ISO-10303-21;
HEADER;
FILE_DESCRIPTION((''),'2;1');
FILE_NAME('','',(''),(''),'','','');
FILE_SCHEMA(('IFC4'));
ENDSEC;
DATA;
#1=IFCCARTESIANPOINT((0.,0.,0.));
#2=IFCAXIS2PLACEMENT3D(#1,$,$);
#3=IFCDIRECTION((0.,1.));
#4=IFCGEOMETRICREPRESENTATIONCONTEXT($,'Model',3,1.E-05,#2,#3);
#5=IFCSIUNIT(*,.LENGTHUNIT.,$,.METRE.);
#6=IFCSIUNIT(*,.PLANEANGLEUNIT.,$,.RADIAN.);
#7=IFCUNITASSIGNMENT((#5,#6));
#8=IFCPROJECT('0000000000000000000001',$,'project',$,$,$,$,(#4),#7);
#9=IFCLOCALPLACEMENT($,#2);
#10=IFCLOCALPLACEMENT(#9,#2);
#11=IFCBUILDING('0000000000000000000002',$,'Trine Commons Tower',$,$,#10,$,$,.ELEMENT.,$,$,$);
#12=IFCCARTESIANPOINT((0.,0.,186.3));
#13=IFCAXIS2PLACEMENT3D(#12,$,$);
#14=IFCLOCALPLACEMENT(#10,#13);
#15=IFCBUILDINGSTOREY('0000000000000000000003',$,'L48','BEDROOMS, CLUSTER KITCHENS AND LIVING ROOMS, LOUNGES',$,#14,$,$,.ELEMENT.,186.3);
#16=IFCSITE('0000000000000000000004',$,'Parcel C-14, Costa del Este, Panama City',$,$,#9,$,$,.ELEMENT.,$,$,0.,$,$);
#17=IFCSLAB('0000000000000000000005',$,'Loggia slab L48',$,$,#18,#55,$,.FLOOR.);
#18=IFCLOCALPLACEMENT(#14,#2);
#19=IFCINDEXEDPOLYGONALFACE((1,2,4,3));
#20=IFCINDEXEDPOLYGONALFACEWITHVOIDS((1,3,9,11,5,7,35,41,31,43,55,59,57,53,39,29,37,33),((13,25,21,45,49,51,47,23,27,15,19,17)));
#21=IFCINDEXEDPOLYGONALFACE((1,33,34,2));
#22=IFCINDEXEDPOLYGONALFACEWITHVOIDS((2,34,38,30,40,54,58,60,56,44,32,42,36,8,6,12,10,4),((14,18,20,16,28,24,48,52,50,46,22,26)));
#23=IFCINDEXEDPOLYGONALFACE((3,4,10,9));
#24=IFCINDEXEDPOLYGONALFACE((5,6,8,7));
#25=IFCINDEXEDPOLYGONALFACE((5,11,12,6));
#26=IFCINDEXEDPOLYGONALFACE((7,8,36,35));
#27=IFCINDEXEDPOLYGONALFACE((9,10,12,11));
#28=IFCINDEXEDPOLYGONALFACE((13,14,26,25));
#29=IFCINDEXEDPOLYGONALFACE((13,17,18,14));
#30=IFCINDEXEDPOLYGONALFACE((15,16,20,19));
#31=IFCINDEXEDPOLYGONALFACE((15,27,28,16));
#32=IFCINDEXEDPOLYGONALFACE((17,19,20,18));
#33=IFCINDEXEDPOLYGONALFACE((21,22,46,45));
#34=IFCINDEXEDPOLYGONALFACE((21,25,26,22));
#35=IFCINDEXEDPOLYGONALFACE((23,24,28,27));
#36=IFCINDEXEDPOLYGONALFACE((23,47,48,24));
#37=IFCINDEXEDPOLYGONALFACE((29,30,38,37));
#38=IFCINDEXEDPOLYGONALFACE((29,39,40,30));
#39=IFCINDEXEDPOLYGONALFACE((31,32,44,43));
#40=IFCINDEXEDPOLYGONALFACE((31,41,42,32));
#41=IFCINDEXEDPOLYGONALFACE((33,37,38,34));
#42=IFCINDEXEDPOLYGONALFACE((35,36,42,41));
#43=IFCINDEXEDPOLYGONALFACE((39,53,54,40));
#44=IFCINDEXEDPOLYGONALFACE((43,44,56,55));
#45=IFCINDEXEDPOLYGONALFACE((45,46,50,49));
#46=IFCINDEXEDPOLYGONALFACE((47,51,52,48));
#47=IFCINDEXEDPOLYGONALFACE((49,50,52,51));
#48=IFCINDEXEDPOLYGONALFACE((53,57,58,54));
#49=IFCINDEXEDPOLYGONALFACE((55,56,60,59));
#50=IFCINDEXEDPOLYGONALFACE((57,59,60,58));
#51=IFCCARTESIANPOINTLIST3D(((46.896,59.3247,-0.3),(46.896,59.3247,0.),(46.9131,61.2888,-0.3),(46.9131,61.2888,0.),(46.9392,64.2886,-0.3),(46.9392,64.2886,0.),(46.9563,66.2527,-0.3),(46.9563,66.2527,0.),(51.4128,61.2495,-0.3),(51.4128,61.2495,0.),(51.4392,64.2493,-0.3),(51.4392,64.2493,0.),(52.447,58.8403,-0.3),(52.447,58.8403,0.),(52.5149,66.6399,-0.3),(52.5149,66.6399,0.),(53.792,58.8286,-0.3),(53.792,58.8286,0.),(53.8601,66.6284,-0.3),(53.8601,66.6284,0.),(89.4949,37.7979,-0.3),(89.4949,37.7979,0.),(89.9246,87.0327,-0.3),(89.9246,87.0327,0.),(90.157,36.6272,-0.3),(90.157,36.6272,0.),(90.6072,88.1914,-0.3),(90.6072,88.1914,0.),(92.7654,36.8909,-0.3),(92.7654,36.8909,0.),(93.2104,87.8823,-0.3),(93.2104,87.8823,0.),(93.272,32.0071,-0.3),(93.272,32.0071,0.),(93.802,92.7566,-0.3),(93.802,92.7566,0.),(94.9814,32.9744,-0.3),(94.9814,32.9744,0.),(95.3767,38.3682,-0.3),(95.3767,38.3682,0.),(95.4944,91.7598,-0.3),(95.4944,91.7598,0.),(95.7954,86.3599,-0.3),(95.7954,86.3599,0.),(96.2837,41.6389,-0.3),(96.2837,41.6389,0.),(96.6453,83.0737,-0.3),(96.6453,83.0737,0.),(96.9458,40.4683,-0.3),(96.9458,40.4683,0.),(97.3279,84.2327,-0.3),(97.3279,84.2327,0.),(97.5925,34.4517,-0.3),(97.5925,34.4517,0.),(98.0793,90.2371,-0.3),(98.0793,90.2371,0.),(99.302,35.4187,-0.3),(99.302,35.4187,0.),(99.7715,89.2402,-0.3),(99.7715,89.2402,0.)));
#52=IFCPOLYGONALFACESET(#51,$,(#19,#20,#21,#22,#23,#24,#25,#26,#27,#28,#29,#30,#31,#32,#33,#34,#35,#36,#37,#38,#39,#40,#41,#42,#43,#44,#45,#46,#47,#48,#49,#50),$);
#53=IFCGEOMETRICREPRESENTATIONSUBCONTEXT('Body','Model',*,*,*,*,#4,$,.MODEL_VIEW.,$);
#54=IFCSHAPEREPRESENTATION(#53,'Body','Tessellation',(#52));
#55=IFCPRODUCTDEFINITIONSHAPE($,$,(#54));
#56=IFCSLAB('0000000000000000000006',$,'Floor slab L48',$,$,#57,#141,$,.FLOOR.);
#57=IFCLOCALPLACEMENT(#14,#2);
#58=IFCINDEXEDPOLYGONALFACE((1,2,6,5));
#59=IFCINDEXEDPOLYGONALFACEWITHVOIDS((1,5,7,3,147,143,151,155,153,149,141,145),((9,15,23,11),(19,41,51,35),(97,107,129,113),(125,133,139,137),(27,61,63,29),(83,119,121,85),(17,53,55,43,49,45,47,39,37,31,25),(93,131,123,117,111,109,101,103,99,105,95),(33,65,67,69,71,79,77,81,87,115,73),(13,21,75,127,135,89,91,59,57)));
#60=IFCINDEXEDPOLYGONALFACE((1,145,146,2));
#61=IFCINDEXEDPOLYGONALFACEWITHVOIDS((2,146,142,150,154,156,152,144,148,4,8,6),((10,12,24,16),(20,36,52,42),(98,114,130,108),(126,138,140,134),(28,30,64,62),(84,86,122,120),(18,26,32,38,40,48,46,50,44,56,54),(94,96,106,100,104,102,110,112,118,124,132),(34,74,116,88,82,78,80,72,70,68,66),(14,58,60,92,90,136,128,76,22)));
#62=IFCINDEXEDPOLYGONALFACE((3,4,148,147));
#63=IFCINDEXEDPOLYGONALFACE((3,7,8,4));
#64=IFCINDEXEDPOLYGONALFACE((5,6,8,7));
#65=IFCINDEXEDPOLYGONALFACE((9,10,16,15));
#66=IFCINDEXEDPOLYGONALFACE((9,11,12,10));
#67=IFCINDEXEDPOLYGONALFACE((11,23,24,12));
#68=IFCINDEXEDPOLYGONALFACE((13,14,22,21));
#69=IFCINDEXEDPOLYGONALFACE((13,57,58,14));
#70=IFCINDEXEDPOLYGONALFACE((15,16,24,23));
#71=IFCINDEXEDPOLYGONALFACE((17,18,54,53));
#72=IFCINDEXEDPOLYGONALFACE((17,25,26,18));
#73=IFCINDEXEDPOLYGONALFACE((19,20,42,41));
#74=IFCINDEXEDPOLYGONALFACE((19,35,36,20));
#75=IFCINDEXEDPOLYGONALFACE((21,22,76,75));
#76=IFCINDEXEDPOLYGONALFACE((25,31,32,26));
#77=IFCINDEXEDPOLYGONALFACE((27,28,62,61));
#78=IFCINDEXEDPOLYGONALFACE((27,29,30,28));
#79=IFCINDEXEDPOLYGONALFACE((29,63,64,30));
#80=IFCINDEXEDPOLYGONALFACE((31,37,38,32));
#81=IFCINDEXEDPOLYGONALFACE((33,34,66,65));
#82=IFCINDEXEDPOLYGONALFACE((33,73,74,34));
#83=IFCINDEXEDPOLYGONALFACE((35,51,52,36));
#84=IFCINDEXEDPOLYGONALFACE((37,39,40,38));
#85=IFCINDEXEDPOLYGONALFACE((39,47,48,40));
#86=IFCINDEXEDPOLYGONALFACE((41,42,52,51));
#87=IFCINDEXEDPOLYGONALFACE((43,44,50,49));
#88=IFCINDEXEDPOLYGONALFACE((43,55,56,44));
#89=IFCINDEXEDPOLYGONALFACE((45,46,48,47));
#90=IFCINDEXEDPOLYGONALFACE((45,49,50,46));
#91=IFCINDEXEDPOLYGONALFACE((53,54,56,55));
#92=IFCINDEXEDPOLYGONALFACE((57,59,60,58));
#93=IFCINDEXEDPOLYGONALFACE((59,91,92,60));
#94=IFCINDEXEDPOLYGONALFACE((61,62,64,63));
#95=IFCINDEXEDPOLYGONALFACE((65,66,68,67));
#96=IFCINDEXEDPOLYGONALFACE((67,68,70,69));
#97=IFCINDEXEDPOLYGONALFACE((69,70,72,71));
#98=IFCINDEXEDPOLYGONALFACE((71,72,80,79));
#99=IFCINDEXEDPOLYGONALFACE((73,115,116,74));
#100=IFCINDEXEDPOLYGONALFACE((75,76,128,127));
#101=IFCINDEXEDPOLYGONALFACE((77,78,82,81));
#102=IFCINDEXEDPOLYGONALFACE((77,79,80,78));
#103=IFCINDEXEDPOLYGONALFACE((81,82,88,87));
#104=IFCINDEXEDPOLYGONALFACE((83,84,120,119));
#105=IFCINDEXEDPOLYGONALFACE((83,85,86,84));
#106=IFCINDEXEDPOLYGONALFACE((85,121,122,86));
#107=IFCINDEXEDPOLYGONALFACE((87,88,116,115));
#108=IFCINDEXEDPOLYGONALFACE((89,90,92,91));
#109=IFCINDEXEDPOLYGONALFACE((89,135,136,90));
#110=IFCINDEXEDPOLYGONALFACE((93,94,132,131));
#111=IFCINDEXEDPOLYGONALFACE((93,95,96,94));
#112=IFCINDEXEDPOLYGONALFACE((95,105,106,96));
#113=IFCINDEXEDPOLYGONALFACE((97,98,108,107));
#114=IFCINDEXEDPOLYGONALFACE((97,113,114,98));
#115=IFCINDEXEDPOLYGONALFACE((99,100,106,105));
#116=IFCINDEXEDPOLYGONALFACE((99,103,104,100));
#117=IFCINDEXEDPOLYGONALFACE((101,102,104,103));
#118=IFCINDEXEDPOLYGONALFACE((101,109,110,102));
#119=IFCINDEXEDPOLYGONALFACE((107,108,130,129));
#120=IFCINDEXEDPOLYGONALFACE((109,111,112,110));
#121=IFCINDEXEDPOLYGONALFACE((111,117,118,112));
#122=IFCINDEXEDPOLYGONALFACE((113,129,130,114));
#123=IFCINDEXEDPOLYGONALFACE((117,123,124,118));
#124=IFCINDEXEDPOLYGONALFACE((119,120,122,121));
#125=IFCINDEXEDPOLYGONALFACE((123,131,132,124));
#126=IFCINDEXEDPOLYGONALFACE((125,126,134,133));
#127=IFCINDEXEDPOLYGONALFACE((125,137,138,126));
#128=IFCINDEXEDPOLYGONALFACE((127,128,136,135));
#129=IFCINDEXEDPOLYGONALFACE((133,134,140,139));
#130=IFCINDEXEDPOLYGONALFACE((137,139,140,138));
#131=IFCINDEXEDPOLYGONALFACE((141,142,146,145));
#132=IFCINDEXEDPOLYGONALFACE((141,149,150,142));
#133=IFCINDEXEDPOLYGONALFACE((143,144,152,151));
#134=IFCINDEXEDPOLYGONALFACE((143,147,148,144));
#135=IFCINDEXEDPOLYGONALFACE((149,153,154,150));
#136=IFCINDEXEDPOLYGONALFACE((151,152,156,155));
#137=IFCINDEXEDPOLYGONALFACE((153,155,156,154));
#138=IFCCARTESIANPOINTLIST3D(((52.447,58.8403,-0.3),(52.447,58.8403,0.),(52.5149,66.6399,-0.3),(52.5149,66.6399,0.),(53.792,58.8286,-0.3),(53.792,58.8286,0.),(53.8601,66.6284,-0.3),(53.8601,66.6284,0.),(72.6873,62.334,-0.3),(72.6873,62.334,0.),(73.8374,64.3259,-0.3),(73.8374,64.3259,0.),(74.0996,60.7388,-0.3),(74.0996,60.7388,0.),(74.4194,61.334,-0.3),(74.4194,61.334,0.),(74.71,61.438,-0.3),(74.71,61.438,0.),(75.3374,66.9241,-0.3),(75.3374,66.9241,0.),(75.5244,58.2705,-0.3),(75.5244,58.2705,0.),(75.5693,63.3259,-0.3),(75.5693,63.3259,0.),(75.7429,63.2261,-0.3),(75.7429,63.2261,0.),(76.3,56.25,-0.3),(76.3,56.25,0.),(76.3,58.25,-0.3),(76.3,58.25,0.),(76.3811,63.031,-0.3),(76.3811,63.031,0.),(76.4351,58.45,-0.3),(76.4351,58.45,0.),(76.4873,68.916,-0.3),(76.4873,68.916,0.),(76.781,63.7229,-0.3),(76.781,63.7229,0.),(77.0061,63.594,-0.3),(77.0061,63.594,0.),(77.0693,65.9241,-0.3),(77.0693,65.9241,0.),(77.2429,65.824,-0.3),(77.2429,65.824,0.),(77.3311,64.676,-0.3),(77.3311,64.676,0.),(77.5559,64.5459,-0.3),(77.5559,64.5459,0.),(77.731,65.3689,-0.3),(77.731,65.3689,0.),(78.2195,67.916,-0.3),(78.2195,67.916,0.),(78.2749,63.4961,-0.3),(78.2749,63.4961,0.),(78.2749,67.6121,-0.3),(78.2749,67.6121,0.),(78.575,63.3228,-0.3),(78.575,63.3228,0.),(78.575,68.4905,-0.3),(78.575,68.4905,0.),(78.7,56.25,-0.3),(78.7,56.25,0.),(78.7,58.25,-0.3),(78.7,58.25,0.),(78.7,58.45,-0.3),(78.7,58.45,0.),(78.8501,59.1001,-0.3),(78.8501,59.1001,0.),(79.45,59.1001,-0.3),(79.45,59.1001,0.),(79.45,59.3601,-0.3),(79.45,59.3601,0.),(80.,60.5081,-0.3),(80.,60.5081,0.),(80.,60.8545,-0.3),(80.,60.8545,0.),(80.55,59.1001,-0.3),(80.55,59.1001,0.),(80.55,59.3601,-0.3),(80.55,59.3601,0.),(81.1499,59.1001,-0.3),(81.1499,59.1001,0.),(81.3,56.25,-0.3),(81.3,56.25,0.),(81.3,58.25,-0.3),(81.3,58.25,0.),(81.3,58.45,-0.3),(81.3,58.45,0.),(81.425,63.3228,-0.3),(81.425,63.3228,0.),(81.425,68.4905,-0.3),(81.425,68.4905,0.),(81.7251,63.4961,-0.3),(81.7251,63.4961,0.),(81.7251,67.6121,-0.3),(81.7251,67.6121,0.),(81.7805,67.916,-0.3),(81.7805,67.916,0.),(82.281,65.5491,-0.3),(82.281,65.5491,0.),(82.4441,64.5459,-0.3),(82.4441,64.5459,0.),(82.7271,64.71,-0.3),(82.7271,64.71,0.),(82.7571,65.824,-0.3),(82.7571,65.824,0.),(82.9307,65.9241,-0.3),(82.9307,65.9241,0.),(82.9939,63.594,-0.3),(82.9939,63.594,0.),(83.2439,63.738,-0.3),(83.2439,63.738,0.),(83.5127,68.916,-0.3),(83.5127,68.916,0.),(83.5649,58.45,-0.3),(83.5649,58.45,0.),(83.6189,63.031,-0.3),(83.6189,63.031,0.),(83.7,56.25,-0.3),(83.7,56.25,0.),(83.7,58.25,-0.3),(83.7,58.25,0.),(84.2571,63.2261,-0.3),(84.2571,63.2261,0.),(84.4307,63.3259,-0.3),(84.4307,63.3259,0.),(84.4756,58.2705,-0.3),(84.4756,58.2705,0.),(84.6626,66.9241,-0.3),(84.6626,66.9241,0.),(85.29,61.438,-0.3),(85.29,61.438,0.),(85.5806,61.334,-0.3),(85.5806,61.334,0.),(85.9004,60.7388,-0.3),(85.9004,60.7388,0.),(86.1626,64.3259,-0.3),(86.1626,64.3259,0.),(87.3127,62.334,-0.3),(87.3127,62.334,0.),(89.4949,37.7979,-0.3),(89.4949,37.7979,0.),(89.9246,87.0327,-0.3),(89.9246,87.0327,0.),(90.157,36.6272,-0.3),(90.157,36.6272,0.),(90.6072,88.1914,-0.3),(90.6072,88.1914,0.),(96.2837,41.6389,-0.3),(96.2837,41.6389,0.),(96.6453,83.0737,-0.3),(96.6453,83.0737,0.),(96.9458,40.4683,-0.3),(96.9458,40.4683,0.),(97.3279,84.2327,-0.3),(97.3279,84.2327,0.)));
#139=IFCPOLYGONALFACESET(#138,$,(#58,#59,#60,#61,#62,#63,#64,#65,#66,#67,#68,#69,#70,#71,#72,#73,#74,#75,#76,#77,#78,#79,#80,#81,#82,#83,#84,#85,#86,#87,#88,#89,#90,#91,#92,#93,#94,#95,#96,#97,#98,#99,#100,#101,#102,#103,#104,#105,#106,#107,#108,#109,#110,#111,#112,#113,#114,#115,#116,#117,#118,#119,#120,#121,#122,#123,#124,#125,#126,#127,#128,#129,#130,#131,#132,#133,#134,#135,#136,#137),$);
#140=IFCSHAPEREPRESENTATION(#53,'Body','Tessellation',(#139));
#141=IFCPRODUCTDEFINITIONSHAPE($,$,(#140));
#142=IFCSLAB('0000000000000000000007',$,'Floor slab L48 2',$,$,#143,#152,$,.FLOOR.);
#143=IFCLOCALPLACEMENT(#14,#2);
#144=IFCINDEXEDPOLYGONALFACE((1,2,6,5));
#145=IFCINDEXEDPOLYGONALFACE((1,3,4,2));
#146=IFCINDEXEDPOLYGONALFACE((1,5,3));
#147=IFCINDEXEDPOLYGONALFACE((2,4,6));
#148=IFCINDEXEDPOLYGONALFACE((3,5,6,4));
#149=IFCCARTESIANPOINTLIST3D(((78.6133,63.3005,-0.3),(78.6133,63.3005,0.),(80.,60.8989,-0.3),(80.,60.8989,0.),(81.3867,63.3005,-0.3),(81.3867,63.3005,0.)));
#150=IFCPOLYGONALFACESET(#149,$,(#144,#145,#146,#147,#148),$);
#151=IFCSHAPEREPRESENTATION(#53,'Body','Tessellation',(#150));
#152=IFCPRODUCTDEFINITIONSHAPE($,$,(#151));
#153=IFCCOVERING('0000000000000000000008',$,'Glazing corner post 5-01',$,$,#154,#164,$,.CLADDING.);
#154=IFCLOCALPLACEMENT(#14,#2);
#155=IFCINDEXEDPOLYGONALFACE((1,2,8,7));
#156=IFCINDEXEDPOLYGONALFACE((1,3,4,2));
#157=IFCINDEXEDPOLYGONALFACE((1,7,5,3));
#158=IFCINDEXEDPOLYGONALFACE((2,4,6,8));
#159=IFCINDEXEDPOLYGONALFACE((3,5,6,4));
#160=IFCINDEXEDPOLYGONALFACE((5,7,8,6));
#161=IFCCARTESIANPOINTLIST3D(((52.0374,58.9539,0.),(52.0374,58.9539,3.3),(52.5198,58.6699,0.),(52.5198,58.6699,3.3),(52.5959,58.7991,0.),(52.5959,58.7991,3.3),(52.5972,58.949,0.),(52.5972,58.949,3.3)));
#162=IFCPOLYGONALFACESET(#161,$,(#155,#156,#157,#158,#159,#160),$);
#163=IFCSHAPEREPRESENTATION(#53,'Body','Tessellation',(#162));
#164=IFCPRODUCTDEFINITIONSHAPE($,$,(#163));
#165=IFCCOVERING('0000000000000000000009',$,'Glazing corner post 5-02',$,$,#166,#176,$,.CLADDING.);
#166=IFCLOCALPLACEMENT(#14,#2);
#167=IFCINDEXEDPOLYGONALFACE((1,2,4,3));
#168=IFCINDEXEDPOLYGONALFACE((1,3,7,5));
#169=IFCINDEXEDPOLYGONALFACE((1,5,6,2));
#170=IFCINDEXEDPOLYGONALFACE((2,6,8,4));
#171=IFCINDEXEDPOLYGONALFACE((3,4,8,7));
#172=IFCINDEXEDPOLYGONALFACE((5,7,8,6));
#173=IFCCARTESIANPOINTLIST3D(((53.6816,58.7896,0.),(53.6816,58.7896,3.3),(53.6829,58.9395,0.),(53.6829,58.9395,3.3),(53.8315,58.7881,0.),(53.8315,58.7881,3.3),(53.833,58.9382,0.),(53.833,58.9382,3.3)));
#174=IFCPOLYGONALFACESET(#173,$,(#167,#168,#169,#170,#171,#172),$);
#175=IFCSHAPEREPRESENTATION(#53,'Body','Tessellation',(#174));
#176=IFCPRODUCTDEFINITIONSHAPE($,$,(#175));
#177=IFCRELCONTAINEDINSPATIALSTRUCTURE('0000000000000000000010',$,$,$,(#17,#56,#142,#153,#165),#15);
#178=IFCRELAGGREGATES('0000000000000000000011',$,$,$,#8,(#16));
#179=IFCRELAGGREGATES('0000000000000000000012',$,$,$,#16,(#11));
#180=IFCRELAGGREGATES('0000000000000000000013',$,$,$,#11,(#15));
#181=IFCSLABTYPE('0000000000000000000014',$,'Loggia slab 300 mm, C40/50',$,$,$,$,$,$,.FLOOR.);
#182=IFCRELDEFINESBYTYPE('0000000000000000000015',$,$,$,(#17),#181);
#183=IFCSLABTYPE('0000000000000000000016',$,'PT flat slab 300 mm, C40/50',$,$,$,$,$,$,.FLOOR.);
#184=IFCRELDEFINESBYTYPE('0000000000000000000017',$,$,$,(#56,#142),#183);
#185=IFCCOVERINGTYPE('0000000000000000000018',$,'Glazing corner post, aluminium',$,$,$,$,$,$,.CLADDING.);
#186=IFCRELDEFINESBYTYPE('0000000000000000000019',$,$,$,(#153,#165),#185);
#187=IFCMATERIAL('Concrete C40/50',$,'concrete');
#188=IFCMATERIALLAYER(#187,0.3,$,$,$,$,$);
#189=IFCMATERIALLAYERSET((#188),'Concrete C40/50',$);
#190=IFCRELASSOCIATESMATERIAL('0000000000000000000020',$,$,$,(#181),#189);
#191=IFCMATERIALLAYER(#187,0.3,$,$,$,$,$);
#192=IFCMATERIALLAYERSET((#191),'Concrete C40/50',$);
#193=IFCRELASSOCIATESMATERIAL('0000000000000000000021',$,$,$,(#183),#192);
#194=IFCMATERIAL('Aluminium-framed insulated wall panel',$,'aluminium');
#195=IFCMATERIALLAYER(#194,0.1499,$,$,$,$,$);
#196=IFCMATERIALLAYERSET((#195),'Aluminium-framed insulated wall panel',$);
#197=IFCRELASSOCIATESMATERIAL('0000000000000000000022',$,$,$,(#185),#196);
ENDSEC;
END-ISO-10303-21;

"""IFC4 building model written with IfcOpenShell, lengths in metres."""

from ifc_helpers import new_model, si_unit, direction, frame, origin, place, context, subcontext, project, spatial, polyline, outline, extrude, material, layer, layer_set, type_object, element, save


model = new_model("IFC4")

# Units and contexts
model_context = context("Model", 3, precision=1e-05, world=origin(), true_north=direction((0.0, 1.0)))
body_context = subcontext(model_context, "Body", "Model", "MODEL_VIEW")
ifc_project = project(units=[si_unit("LENGTHUNIT", "METRE"), si_unit("PLANEANGLEUNIT", "RADIAN")], contexts=[model_context])

# Site, building, storey
site_placement = place(None, origin())
site = spatial("IfcSite", under=ifc_project, at=site_placement, Name="Parcel C-14, Costa del Este, Panama City", CompositionType="ELEMENT", RefElevation=0.0)
building_placement = place(site_placement, origin())
building = spatial("IfcBuilding", under=site, at=building_placement, Name="Trine Commons Tower", CompositionType="ELEMENT")
storey_placement = place(building_placement, frame((0.0, 0.0, 186.3)))
storey = spatial("IfcBuildingStorey", under=building, at=storey_placement, Name="L48", Description="BEDROOMS, CLUSTER KITCHENS AND LIVING ROOMS, LOUNGES", CompositionType="ELEMENT", Elevation=186.3)

# Slabs
ifc_material_1 = material(Name="Concrete C40/50", Category="concrete")
ifc_layer_1 = layer(ifc_material_1, 0.3)
ifc_layer_set_1 = layer_set([ifc_layer_1], Name="Concrete C40/50")
slab_type_1 = type_object("IfcSlabType", Name="Loggia slab 300 mm, C40/50", PredefinedType="FLOOR", material=ifc_layer_set_1)
slab_1_placement = place(storey_placement, frame((0.0, 0.0, -0.3)))
element("IfcSlab", 1, at=slab_1_placement, inside=storey, type_object=slab_type_1, Name="Loggia slab L48", PredefinedType="FLOOR", context=body_context, shape_type="SweptSolid", body=[
    extrude(outline(polyline([(99.302, 35.4187), (99.7715, 89.2402), (98.0793, 90.2371), (95.7954, 86.3599), (93.2104, 87.8823), (95.4944, 91.7598), (93.802, 92.7566), (46.9563, 66.2527), (46.9392, 64.2886), (51.4392, 64.2493), (51.4128, 61.2495), (46.9131, 61.2888), (46.896, 59.3247), (93.272, 32.0071), (94.9814, 32.9744), (92.7654, 36.8909), (95.3767, 38.3682), (97.5925, 34.4517), (99.302, 35.4187)]), holes=[polyline([(90.157, 36.6272), (89.4949, 37.7979), (96.2837, 41.6389), (96.9458, 40.4683), (97.3279, 84.2327), (96.6453, 83.0737), (89.9246, 87.0327), (90.6072, 88.1914), (52.5149, 66.6399), (53.8601, 66.6284), (53.792, 58.8286), (52.447, 58.8403), (90.157, 36.6272)])]), origin(), (0.0, 0.0, 1.0), 0.3),
])
ifc_layer_2 = layer(ifc_material_1, 0.3)
ifc_layer_set_2 = layer_set([ifc_layer_2], Name="Concrete C40/50")
slab_type_2 = type_object("IfcSlabType", Name="PT flat slab 300 mm, C40/50", PredefinedType="FLOOR", material=ifc_layer_set_2)
slab_2_placement = place(storey_placement, frame((0.0, 0.0, -0.3)))
element("IfcSlab", 2, at=slab_2_placement, inside=storey, type_object=slab_type_2, Name="Floor slab L48", PredefinedType="FLOOR", context=body_context, shape_type="SweptSolid", body=[
    extrude(outline(polyline([(52.447, 58.8403), (90.157, 36.6272), (89.4949, 37.7979), (96.2837, 41.6389), (96.9458, 40.4683), (97.3279, 84.2327), (96.6453, 83.0737), (89.9246, 87.0327), (90.6072, 88.1914), (52.5149, 66.6399), (53.8601, 66.6284), (53.792, 58.8286), (52.447, 58.8403)]), holes=[polyline([(78.7, 56.25), (78.7, 58.25), (76.3, 58.25), (76.3, 56.25), (78.7, 56.25)]), polyline([(80.0, 60.8545), (84.4756, 58.2705), (85.9004, 60.7388), (81.425, 63.3228), (81.425, 68.4905), (78.575, 68.4905), (78.575, 63.3228), (74.0996, 60.7388), (75.5244, 58.2705), (80.0, 60.8545)]), polyline([(73.8374, 64.3259), (72.6873, 62.334), (74.4194, 61.334), (75.5693, 63.3259), (73.8374, 64.3259)]), polyline([(76.3811, 63.031), (75.7429, 63.2261), (74.71, 61.438), (78.2749, 63.4961), (78.2749, 67.6121), (77.2429, 65.824), (77.731, 65.3689), (77.3311, 64.676), (77.5559, 64.5459), (77.0061, 63.594), (76.781, 63.7229), (76.3811, 63.031)]), polyline([(76.4873, 68.916), (75.3374, 66.9241), (77.0693, 65.9241), (78.2195, 67.916), (76.4873, 68.916)]), polyline([(83.7, 56.25), (83.7, 58.25), (81.3, 58.25), (81.3, 56.25), (83.7, 56.25)]), polyline([(81.1499, 59.1001), (81.3, 58.45), (83.5649, 58.45), (80.0, 60.5081), (76.4351, 58.45), (78.7, 58.45), (78.8501, 59.1001), (79.45, 59.1001), (79.45, 59.3601), (80.55, 59.3601), (80.55, 59.1001), (81.1499, 59.1001)]), polyline([(86.1626, 64.3259), (84.4307, 63.3259), (85.5806, 61.334), (87.3127, 62.334), (86.1626, 64.3259)]), polyline([(83.2439, 63.738), (82.9939, 63.594), (82.4441, 64.5459), (82.7271, 64.71), (82.281, 65.5491), (82.7571, 65.824), (81.7251, 67.6121), (81.7251, 63.4961), (85.29, 61.438), (84.2571, 63.2261), (83.6189, 63.031), (83.2439, 63.738)]), polyline([(84.6626, 66.9241), (83.5127, 68.916), (81.7805, 67.916), (82.9307, 65.9241), (84.6626, 66.9241)])]), origin(), (0.0, 0.0, 1.0), 0.3),
])
slab_3_placement = place(storey_placement, frame((0.0, 0.0, -0.3)))
element("IfcSlab", 3, at=slab_3_placement, inside=storey, type_object=slab_type_2, Name="Floor slab L48 2", PredefinedType="FLOOR", context=body_context, shape_type="SweptSolid", body=[
    extrude(outline(polyline([(78.6133, 63.3005), (80.0, 60.8989), (81.3867, 63.3005), (78.6133, 63.3005)])), origin(), (0.0, 0.0, 1.0), 0.3),
])

# Coverings
ifc_material_2 = material(Name="Aluminium-framed insulated wall panel", Category="aluminium")
ifc_layer_3 = layer(ifc_material_2, 0.1499)
ifc_layer_set_3 = layer_set([ifc_layer_3], Name="Aluminium-framed insulated wall panel")
covering_type_1 = type_object("IfcCoveringType", Name="Glazing corner post, aluminium", PredefinedType="CLADDING", material=ifc_layer_set_3)
covering_1_placement = place(storey_placement, origin())
element("IfcCovering", 4, at=covering_1_placement, inside=storey, type_object=covering_type_1, Name="Glazing corner post 5-01", PredefinedType="CLADDING", context=body_context, shape_type="SweptSolid", body=[
    extrude(outline(polyline([(52.5198, 58.6699), (52.5959, 58.7991), (52.5972, 58.949), (52.0374, 58.9539), (52.5198, 58.6699)])), origin(), (0.0, 0.0, 1.0), 3.3),
])
covering_2_placement = place(storey_placement, origin())
element("IfcCovering", 5, at=covering_2_placement, inside=storey, type_object=covering_type_1, Name="Glazing corner post 5-02", PredefinedType="CLADDING", context=body_context, shape_type="SweptSolid", body=[
    extrude(outline(polyline([(53.6816, 58.7896), (53.8315, 58.7881), (53.833, 58.9382), (53.6829, 58.9395), (53.6816, 58.7896)])), origin(), (0.0, 0.0, 1.0), 3.3),
])

save(model, "model.ifc")
